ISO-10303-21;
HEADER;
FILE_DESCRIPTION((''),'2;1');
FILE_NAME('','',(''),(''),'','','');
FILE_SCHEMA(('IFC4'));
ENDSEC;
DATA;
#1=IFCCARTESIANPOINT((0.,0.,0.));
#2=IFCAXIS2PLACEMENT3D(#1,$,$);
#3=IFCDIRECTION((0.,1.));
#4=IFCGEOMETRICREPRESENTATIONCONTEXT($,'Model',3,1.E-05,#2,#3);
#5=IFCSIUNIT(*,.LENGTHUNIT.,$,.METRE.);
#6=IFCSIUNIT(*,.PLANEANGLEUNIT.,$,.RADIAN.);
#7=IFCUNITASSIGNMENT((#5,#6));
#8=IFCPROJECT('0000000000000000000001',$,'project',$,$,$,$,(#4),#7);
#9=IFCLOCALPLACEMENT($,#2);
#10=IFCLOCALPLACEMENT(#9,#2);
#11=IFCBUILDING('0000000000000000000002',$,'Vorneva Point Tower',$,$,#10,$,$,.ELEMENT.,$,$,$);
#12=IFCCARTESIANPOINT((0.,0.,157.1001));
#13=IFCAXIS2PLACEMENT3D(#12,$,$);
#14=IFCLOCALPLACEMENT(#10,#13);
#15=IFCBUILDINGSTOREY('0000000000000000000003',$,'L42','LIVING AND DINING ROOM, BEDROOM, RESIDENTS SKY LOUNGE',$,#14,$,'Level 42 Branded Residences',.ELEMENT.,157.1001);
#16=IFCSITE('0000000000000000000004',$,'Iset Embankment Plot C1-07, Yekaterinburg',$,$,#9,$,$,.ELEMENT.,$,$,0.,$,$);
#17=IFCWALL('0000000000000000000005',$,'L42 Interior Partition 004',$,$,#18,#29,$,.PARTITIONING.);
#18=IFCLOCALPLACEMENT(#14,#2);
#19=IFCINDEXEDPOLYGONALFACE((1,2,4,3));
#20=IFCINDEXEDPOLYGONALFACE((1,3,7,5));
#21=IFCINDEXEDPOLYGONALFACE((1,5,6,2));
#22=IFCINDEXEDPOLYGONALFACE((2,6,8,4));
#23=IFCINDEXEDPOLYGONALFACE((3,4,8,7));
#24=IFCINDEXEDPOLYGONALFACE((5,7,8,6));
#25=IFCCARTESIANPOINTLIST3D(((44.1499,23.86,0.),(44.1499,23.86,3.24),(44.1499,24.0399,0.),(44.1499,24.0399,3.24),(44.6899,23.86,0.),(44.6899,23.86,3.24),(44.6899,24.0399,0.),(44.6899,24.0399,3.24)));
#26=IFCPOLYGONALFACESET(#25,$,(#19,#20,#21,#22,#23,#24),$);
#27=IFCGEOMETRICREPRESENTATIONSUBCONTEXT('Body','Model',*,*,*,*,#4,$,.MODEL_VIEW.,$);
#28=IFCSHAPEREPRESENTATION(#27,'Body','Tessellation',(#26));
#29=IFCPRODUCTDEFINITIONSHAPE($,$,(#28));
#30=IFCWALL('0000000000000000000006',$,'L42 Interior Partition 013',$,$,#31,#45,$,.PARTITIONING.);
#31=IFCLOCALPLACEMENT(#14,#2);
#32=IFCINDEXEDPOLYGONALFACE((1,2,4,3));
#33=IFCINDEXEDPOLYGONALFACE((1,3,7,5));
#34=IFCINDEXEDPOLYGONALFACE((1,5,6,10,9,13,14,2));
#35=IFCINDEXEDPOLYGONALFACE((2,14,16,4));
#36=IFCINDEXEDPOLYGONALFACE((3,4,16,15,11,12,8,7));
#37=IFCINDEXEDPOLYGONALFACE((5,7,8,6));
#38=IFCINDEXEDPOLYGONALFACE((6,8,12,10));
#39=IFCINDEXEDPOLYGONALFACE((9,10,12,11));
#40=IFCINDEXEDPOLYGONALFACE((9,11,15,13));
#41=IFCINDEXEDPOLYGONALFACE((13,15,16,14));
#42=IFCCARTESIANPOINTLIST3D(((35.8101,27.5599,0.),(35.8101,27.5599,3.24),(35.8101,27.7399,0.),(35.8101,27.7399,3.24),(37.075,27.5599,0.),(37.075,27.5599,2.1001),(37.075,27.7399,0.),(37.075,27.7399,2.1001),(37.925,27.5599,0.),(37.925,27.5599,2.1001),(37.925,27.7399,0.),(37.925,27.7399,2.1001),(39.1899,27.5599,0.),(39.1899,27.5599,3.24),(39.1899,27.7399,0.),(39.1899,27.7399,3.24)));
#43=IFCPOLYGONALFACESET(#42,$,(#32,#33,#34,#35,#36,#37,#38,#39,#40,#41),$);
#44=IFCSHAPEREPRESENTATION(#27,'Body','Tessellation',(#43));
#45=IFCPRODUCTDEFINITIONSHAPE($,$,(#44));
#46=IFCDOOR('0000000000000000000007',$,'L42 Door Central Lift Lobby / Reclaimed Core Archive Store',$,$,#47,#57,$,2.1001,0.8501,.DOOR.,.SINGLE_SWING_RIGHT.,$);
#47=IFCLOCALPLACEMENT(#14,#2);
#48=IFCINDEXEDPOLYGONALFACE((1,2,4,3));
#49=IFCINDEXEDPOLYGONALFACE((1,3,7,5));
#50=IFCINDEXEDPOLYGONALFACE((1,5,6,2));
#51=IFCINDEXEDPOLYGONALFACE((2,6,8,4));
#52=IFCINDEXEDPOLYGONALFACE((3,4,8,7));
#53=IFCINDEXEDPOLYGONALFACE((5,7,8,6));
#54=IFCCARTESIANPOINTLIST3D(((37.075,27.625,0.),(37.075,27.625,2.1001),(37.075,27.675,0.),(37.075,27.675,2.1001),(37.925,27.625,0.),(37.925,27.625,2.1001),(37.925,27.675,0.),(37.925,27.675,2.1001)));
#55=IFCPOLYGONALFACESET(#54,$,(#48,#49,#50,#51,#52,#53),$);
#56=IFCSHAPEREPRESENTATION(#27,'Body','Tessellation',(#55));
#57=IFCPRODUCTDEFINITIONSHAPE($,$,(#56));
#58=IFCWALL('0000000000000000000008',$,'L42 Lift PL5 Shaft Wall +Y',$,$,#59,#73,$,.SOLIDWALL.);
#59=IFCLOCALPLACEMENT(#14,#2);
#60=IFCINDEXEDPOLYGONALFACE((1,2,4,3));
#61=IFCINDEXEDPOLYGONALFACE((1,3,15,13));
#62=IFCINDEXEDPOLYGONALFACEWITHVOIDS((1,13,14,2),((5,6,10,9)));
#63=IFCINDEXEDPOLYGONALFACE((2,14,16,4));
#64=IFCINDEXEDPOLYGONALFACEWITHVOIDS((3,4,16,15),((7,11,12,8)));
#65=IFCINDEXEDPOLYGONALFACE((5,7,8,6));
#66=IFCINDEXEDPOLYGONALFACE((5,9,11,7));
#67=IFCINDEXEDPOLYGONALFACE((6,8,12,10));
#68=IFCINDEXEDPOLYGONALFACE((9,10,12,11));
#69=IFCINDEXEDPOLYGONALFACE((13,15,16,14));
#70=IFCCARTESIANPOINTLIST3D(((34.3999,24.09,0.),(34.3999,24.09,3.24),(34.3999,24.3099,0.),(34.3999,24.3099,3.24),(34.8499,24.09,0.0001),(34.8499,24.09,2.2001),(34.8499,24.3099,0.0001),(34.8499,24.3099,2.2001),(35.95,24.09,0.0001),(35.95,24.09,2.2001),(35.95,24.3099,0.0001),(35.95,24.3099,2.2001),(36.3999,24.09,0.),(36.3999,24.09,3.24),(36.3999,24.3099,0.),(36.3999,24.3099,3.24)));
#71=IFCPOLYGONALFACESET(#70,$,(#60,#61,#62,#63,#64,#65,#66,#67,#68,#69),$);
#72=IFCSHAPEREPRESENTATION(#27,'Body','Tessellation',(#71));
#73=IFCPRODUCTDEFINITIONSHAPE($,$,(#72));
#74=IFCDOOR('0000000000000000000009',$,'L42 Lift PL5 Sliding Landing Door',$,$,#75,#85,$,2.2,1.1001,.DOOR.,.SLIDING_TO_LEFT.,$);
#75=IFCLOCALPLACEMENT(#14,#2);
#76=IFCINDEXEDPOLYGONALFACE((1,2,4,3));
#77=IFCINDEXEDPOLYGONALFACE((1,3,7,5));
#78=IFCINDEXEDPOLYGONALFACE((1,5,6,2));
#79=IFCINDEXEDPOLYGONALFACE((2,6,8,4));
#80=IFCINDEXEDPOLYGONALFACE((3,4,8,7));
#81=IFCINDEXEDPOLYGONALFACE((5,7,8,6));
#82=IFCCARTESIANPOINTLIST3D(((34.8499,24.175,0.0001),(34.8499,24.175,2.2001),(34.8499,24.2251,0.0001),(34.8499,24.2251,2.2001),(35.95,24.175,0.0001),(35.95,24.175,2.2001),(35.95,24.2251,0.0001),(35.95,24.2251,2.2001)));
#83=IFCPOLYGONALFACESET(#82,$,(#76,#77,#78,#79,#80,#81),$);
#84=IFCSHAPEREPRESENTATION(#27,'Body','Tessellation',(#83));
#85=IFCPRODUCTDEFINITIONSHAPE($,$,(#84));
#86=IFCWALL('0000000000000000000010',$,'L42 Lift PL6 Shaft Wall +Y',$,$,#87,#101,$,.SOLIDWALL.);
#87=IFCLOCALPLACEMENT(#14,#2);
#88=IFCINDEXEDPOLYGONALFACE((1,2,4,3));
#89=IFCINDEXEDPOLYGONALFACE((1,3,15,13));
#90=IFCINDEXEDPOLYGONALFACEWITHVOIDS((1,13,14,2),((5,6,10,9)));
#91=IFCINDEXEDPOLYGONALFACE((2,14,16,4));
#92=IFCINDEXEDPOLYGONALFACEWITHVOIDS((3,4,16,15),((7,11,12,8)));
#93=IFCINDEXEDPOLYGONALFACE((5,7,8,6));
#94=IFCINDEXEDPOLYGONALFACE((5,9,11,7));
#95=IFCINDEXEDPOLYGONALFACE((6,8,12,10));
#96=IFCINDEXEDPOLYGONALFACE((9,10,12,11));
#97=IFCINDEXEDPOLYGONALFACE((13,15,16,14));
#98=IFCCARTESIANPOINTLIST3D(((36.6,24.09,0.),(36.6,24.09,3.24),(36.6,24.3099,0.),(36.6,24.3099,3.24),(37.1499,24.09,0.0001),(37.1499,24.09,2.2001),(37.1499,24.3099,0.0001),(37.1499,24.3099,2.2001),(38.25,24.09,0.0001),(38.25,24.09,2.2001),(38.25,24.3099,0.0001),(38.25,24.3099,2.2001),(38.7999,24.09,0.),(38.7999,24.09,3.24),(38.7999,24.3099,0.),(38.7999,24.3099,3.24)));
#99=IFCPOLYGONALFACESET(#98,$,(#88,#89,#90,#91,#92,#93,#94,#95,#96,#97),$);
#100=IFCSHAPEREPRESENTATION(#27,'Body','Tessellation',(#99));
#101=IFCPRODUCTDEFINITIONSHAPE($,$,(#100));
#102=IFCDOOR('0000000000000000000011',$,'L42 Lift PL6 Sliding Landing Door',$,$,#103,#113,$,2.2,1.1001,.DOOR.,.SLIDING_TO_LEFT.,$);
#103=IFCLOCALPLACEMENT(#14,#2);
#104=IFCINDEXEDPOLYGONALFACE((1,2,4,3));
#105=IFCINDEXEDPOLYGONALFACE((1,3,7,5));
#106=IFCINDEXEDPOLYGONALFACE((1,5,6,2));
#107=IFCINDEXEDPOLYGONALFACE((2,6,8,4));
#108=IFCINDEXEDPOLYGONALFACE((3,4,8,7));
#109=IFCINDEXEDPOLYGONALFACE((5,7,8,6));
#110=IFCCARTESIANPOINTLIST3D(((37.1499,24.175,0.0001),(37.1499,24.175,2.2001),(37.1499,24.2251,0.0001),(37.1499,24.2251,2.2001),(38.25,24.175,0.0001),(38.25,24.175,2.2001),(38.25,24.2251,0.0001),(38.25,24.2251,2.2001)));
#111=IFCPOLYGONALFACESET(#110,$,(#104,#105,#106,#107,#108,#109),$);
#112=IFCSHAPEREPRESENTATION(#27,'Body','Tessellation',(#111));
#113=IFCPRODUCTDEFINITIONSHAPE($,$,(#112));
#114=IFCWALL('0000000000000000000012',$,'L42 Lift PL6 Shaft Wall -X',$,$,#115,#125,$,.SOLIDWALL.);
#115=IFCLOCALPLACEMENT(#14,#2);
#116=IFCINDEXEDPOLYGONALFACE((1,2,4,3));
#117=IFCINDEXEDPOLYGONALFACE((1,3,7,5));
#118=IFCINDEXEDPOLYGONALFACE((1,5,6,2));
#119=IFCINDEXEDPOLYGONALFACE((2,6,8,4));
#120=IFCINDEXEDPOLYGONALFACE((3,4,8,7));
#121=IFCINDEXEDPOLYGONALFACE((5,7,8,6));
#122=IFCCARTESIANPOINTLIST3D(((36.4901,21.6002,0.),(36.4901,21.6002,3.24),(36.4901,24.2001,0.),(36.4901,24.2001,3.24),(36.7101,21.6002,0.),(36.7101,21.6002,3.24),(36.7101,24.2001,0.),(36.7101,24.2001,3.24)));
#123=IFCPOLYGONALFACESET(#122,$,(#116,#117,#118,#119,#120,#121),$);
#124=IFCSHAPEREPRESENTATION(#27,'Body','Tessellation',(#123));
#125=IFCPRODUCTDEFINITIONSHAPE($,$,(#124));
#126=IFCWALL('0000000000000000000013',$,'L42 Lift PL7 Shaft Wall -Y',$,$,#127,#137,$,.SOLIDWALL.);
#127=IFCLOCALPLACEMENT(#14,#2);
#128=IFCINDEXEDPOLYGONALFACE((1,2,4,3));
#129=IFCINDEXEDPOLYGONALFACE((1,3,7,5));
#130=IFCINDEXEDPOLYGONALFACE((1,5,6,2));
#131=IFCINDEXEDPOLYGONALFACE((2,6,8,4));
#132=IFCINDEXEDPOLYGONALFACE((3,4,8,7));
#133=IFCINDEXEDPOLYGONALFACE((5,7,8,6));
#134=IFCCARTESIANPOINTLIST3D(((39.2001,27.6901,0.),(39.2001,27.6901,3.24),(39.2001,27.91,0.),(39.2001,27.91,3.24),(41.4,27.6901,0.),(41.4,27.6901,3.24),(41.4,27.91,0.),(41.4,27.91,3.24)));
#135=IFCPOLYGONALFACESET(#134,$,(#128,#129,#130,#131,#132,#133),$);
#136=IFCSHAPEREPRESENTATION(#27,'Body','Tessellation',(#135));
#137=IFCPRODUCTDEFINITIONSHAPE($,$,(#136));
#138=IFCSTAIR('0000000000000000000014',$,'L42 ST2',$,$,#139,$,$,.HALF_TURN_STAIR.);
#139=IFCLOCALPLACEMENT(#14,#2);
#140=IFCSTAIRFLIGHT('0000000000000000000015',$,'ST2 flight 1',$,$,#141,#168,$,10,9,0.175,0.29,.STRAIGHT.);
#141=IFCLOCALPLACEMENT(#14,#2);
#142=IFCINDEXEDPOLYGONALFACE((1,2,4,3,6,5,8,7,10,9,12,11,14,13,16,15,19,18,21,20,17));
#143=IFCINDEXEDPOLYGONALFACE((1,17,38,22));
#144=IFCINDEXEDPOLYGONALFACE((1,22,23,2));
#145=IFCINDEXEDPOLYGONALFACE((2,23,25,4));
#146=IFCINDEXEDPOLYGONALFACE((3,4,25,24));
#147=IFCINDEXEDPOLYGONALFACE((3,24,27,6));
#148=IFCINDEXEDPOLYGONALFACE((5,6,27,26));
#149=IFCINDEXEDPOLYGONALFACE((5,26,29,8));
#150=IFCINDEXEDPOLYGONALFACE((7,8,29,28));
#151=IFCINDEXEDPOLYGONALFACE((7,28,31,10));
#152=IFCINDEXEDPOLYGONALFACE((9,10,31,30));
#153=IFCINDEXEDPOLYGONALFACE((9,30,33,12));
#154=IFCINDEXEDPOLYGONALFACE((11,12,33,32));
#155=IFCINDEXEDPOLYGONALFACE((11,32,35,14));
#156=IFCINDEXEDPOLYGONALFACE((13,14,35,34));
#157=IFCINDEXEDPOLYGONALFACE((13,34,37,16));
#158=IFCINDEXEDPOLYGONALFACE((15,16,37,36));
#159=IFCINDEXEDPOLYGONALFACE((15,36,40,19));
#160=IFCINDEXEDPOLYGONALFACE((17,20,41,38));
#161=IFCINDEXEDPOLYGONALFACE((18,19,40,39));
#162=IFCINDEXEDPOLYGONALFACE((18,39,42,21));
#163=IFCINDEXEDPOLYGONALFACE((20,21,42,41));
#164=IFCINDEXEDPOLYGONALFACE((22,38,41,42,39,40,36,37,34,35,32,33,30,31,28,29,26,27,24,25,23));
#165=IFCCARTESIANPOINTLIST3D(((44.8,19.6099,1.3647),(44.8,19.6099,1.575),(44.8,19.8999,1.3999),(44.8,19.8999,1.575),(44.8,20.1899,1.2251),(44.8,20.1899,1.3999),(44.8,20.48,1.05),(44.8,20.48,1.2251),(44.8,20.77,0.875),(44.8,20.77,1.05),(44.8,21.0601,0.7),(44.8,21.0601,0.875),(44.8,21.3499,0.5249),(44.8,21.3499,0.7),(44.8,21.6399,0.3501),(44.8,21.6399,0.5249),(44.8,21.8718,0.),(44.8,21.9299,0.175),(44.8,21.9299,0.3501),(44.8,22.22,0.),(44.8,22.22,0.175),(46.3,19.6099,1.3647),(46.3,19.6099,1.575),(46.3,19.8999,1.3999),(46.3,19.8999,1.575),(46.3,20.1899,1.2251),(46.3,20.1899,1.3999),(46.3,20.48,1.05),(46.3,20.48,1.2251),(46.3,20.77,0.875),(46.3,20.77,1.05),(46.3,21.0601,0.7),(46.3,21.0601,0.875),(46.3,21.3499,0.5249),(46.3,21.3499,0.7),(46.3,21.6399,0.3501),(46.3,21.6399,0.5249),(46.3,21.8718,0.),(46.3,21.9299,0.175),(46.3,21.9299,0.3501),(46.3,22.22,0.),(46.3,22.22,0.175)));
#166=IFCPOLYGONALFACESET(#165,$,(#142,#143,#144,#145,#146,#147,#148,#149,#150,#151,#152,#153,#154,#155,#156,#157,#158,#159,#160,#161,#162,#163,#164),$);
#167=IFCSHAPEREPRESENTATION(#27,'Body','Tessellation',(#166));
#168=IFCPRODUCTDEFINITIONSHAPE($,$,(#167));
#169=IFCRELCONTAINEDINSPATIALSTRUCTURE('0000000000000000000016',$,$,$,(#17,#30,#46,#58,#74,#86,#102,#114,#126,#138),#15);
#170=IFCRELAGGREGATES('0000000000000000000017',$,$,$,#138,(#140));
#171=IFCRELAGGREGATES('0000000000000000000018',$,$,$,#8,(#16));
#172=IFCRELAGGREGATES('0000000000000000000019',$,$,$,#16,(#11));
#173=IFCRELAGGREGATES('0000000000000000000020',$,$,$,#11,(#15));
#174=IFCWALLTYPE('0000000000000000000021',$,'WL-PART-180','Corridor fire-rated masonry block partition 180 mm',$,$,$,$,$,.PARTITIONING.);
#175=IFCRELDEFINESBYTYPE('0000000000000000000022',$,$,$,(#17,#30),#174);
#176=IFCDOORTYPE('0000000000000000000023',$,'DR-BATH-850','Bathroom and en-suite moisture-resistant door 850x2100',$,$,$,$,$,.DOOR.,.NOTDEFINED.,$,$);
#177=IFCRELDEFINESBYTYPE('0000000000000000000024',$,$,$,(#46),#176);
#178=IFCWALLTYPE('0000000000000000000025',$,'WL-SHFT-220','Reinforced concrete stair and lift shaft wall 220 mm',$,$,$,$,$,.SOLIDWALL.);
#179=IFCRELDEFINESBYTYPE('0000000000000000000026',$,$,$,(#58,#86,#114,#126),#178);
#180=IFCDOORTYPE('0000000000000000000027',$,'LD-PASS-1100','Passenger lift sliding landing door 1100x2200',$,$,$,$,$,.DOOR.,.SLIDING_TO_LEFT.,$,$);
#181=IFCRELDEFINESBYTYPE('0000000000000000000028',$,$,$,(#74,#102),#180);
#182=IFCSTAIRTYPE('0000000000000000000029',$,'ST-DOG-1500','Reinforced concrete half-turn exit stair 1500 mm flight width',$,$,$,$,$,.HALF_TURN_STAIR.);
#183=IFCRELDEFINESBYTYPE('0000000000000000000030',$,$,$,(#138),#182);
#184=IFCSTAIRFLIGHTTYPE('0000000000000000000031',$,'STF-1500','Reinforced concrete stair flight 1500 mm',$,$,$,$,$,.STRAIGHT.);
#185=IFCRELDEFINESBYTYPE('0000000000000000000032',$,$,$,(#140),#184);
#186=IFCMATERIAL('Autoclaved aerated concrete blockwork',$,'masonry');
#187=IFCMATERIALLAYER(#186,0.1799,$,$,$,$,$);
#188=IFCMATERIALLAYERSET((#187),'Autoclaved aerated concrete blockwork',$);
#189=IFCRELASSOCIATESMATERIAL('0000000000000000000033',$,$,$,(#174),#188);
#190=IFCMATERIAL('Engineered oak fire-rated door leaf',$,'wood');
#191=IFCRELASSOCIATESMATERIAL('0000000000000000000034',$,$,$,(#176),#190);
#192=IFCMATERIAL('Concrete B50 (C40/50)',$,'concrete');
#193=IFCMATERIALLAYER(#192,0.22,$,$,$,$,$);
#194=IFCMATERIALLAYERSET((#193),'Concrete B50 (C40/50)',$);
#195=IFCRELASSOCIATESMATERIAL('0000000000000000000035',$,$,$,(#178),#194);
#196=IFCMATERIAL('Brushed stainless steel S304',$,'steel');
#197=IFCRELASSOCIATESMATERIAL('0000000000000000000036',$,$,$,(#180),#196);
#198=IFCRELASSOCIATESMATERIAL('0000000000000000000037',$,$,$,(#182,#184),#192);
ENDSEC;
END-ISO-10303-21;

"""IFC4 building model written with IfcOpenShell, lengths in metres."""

from ifc_helpers import new_model, si_unit, direction, frame, frame_2d, origin, place, context, subcontext, project, spatial, polyline, rectangle, outline, extrude, material, layer, layer_set, type_object, element, fill, aggregate, save


model = new_model("IFC4")

# Units and contexts
model_context = context("Model", 3, precision=1e-05, world=origin(), true_north=direction((0.0, 1.0)))
body_context = subcontext(model_context, "Body", "Model", "MODEL_VIEW")
ifc_project = project(units=[si_unit("LENGTHUNIT", "METRE"), si_unit("PLANEANGLEUNIT", "RADIAN")], contexts=[model_context])

# Site, building, storey
site_placement = place(None, origin())
site = spatial("IfcSite", under=ifc_project, at=site_placement, Name="Iset Embankment Plot C1-07, Yekaterinburg", CompositionType="ELEMENT", RefElevation=0.0)
building_placement = place(site_placement, origin())
building = spatial("IfcBuilding", under=site, at=building_placement, Name="Vorneva Point Tower", CompositionType="ELEMENT")
storey_placement = place(building_placement, frame((0.0, 0.0, 157.1001)))
storey = spatial("IfcBuildingStorey", under=building, at=storey_placement, Name="L42", Description="LIVING AND DINING ROOM, BEDROOM, RESIDENTS SKY LOUNGE", LongName="Level 42 Branded Residences", CompositionType="ELEMENT", Elevation=157.1001)

# Wall
ifc_material_1 = material(Name="Autoclaved aerated concrete blockwork", Category="masonry")
ifc_layer_1 = layer(ifc_material_1, 0.1799)
ifc_layer_set_1 = layer_set([ifc_layer_1], Name="Autoclaved aerated concrete blockwork")
wall_type_1 = type_object("IfcWallType", Name="WL-PART-180", Description="Corridor fire-rated masonry block partition 180 mm", PredefinedType="PARTITIONING", material=ifc_layer_set_1)
wall_1_placement = place(storey_placement, frame((44.1499, 23.95, 0.0), z_axis=(0.0, 0.0, 1.0), x_axis=(1.0, 0.0, 0.0)))
element("IfcWall", 1, at=wall_1_placement, inside=storey, type_object=wall_type_1, Name="L42 Interior Partition 004", PredefinedType="PARTITIONING", context=body_context, shape_type="SweptSolid", body=[
    extrude(rectangle(XDim=0.54, YDim=0.1799, at=frame_2d((0.27, 0.0))), origin(), (0.0, 0.0, 1.0), 3.24),
])

# Walls, openings, doors
ifc_material_2 = material(Name="Engineered oak fire-rated door leaf", Category="wood")
wall_2_placement = place(storey_placement, frame((39.1899, 27.6499, 0.0), z_axis=(0.0, 0.0, 1.0), x_axis=(-1.0, 0.0, 0.0)))
wall_2 = element("IfcWall", 2, at=wall_2_placement, inside=storey, type_object=wall_type_1, Name="L42 Interior Partition 013", PredefinedType="PARTITIONING", context=body_context, shape_type="SweptSolid", body=[
    extrude(rectangle(XDim=3.3799, YDim=0.1799, at=frame_2d((1.6899, 0.0))), origin(), (0.0, 0.0, 1.0), 3.24),
])
opening_1_placement = place(wall_2_placement, frame((1.2649, 0.0, 0.0)))
opening_1 = element("IfcOpeningElement", 3, at=opening_1_placement, cuts=wall_2, PredefinedType="OPENING", context=body_context, shape_type="SweptSolid", body=[
    extrude(rectangle(XDim=0.8501, YDim=2.1001, at=frame_2d((0.425, 1.05))), frame((0.0, 0.105, 0.0), z_axis=(0.0, -1.0, 0.0), x_axis=(1.0, 0.0, 0.0)), (0.0, 0.0, 1.0), 0.2097),
])
door_type_1 = type_object("IfcDoorType", Name="DR-BATH-850", Description="Bathroom and en-suite moisture-resistant door 850x2100", OperationType="NOTDEFINED", PredefinedType="DOOR", material=ifc_material_2)
door_1_placement = place(opening_1_placement, origin())
door_1 = element("IfcDoor", 4, at=door_1_placement, inside=storey, type_object=door_type_1, Name="L42 Door Central Lift Lobby / Reclaimed Core Archive Store", OperationType="SINGLE_SWING_RIGHT", OverallHeight=2.1001, OverallWidth=0.8501, PredefinedType="DOOR", context=body_context, shape_type="SweptSolid", body=[
    extrude(rectangle(XDim=0.8501, YDim=2.1001, at=frame_2d((0.425, 1.05))), frame((0.0, 0.0249, 0.0), z_axis=(0.0, -1.0, 0.0), x_axis=(1.0, 0.0, 0.0)), (0.0, 0.0, 1.0), 0.05),
])
fill(opening_1, door_1)
ifc_material_3 = material(Name="Concrete B50 (C40/50)", Category="concrete")
ifc_layer_2 = layer(ifc_material_3, 0.22)
ifc_layer_set_2 = layer_set([ifc_layer_2], Name="Concrete B50 (C40/50)")
wall_type_2 = type_object("IfcWallType", Name="WL-SHFT-220", Description="Reinforced concrete stair and lift shaft wall 220 mm", PredefinedType="SOLIDWALL", material=ifc_layer_set_2)
wall_3_placement = place(storey_placement, frame((36.3999, 24.2, 0.0), z_axis=(0.0, 0.0, 1.0), x_axis=(-1.0, 0.0, 0.0)))
wall_3 = element("IfcWall", 5, at=wall_3_placement, inside=storey, type_object=wall_type_2, Name="L42 Lift PL5 Shaft Wall +Y", PredefinedType="SOLIDWALL", context=body_context, shape_type="SweptSolid", body=[
    extrude(rectangle(XDim=2.0, YDim=0.22, at=frame_2d((1.0, 0.0))), origin(), (0.0, 0.0, 1.0), 3.24),
])
opening_2_placement = place(wall_3_placement, frame((0.45, 0.0, 0.0)))
opening_2 = element("IfcOpeningElement", 6, at=opening_2_placement, cuts=wall_3, PredefinedType="OPENING", context=body_context, shape_type="SweptSolid", body=[
    extrude(rectangle(XDim=1.1001, YDim=2.2, at=frame_2d((0.55, 1.1001))), frame((0.0, 0.125, 0.0), z_axis=(0.0, -1.0, 0.0), x_axis=(1.0, 0.0, 0.0)), (0.0, 0.0, 1.0), 0.2498),
])
ifc_material_4 = material(Name="Brushed stainless steel S304", Category="steel")
door_type_2 = type_object("IfcDoorType", Name="LD-PASS-1100", Description="Passenger lift sliding landing door 1100x2200", OperationType="SLIDING_TO_LEFT", PredefinedType="DOOR", material=ifc_material_4)
door_2_placement = place(opening_2_placement, origin())
door_2 = element("IfcDoor", 7, at=door_2_placement, inside=storey, type_object=door_type_2, Name="L42 Lift PL5 Sliding Landing Door", OperationType="SLIDING_TO_LEFT", OverallHeight=2.2, OverallWidth=1.1001, PredefinedType="DOOR", context=body_context, shape_type="SweptSolid", body=[
    extrude(rectangle(XDim=1.1001, YDim=2.2, at=frame_2d((0.55, 1.1001))), frame((0.0, 0.0249, 0.0), z_axis=(0.0, -1.0, 0.0), x_axis=(1.0, 0.0, 0.0)), (0.0, 0.0, 1.0), 0.05),
])
fill(opening_2, door_2)
wall_4_placement = place(storey_placement, frame((38.8, 24.2, 0.0), z_axis=(0.0, 0.0, 1.0), x_axis=(-1.0, 0.0, 0.0)))
wall_4 = element("IfcWall", 8, at=wall_4_placement, inside=storey, type_object=wall_type_2, Name="L42 Lift PL6 Shaft Wall +Y", PredefinedType="SOLIDWALL", context=body_context, shape_type="SweptSolid", body=[
    extrude(rectangle(XDim=2.2, YDim=0.22, at=frame_2d((1.1001, 0.0))), origin(), (0.0, 0.0, 1.0), 3.24),
])
opening_3_placement = place(wall_4_placement, frame((0.55, 0.0, 0.0)))
opening_3 = element("IfcOpeningElement", 9, at=opening_3_placement, cuts=wall_4, PredefinedType="OPENING", context=body_context, shape_type="SweptSolid", body=[
    extrude(rectangle(XDim=1.1001, YDim=2.2, at=frame_2d((0.55, 1.1001))), frame((0.0, 0.125, 0.0), z_axis=(0.0, -1.0, 0.0), x_axis=(1.0, 0.0, 0.0)), (0.0, 0.0, 1.0), 0.2498),
])
door_3_placement = place(opening_3_placement, origin())
door_3 = element("IfcDoor", 10, at=door_3_placement, inside=storey, type_object=door_type_2, Name="L42 Lift PL6 Sliding Landing Door", OperationType="SLIDING_TO_LEFT", OverallHeight=2.2, OverallWidth=1.1001, PredefinedType="DOOR", context=body_context, shape_type="SweptSolid", body=[
    extrude(rectangle(XDim=1.1001, YDim=2.2, at=frame_2d((0.55, 1.1001))), frame((0.0, 0.0249, 0.0), z_axis=(0.0, -1.0, 0.0), x_axis=(1.0, 0.0, 0.0)), (0.0, 0.0, 1.0), 0.05),
])
fill(opening_3, door_3)

# Walls
wall_5_placement = place(storey_placement, frame((36.6001, 24.2, 0.0), z_axis=(0.0, 0.0, 1.0), x_axis=(0.0, -1.0, 0.0)))
element("IfcWall", 11, at=wall_5_placement, inside=storey, type_object=wall_type_2, Name="L42 Lift PL6 Shaft Wall -X", PredefinedType="SOLIDWALL", context=body_context, shape_type="SweptSolid", body=[
    extrude(rectangle(XDim=2.5999, YDim=0.22, at=frame_2d((1.2998, 0.0))), origin(), (0.0, 0.0, 1.0), 3.24),
])
wall_6_placement = place(storey_placement, frame((39.2, 27.8, 0.0), z_axis=(0.0, 0.0, 1.0), x_axis=(1.0, 0.0, 0.0)))
element("IfcWall", 12, at=wall_6_placement, inside=storey, type_object=wall_type_2, Name="L42 Lift PL7 Shaft Wall -Y", PredefinedType="SOLIDWALL", context=body_context, shape_type="SweptSolid", body=[
    extrude(rectangle(XDim=2.2, YDim=0.22, at=frame_2d((1.1001, 0.0))), origin(), (0.0, 0.0, 1.0), 3.24),
])

# Stair, stair flight
stair_type = type_object("IfcStairType", Name="ST-DOG-1500", Description="Reinforced concrete half-turn exit stair 1500 mm flight width", PredefinedType="HALF_TURN_STAIR", material=ifc_material_3)
stair_placement = place(storey_placement, origin())
stair = element("IfcStair", 13, at=stair_placement, inside=storey, type_object=stair_type, Name="L42 ST2", PredefinedType="HALF_TURN_STAIR")
stair_flight_type = type_object("IfcStairFlightType", Name="STF-1500", Description="Reinforced concrete stair flight 1500 mm", PredefinedType="STRAIGHT", material=ifc_material_3)
stair_flight_placement = place(storey_placement, frame((45.55, 22.22, 0.0), z_axis=(0.0, 0.0, 1.0), x_axis=(0.0, -1.0, 0.0)))
stair_flight = element("IfcStairFlight", 14, at=stair_flight_placement, type_object=stair_flight_type, Name="ST2 flight 1", NumberOfRisers=10, NumberOfTreads=9, PredefinedType="STRAIGHT", RiserHeight=0.175, TreadLength=0.29, context=body_context, shape_type="SweptSolid", body=[
    extrude(outline(polyline([(0.0, 0.0), (0.0, 0.175), (0.29, 0.175), (0.29, 0.3501), (0.5801, 0.3501), (0.5801, 0.5249), (0.8701, 0.5249), (0.8701, 0.7), (1.1599, 0.7), (1.1599, 0.875), (1.45, 0.875), (1.45, 1.05), (1.74, 1.05), (1.74, 1.2251), (2.03, 1.2251), (2.03, 1.3999), (2.3201, 1.3999), (2.3201, 1.575), (2.6101, 1.575), (2.6101, 1.75), (2.6101, 1.3647), (0.3481, 0.0), (0.0, 0.0)])), frame((0.0, 0.75, 0.0), z_axis=(0.0, -1.0, 0.0), x_axis=(1.0, 0.0, 0.0)), (0.0, 0.0, 1.0), 1.5),
])
aggregate(stair, [stair_flight])

save(model, "model.ifc")
